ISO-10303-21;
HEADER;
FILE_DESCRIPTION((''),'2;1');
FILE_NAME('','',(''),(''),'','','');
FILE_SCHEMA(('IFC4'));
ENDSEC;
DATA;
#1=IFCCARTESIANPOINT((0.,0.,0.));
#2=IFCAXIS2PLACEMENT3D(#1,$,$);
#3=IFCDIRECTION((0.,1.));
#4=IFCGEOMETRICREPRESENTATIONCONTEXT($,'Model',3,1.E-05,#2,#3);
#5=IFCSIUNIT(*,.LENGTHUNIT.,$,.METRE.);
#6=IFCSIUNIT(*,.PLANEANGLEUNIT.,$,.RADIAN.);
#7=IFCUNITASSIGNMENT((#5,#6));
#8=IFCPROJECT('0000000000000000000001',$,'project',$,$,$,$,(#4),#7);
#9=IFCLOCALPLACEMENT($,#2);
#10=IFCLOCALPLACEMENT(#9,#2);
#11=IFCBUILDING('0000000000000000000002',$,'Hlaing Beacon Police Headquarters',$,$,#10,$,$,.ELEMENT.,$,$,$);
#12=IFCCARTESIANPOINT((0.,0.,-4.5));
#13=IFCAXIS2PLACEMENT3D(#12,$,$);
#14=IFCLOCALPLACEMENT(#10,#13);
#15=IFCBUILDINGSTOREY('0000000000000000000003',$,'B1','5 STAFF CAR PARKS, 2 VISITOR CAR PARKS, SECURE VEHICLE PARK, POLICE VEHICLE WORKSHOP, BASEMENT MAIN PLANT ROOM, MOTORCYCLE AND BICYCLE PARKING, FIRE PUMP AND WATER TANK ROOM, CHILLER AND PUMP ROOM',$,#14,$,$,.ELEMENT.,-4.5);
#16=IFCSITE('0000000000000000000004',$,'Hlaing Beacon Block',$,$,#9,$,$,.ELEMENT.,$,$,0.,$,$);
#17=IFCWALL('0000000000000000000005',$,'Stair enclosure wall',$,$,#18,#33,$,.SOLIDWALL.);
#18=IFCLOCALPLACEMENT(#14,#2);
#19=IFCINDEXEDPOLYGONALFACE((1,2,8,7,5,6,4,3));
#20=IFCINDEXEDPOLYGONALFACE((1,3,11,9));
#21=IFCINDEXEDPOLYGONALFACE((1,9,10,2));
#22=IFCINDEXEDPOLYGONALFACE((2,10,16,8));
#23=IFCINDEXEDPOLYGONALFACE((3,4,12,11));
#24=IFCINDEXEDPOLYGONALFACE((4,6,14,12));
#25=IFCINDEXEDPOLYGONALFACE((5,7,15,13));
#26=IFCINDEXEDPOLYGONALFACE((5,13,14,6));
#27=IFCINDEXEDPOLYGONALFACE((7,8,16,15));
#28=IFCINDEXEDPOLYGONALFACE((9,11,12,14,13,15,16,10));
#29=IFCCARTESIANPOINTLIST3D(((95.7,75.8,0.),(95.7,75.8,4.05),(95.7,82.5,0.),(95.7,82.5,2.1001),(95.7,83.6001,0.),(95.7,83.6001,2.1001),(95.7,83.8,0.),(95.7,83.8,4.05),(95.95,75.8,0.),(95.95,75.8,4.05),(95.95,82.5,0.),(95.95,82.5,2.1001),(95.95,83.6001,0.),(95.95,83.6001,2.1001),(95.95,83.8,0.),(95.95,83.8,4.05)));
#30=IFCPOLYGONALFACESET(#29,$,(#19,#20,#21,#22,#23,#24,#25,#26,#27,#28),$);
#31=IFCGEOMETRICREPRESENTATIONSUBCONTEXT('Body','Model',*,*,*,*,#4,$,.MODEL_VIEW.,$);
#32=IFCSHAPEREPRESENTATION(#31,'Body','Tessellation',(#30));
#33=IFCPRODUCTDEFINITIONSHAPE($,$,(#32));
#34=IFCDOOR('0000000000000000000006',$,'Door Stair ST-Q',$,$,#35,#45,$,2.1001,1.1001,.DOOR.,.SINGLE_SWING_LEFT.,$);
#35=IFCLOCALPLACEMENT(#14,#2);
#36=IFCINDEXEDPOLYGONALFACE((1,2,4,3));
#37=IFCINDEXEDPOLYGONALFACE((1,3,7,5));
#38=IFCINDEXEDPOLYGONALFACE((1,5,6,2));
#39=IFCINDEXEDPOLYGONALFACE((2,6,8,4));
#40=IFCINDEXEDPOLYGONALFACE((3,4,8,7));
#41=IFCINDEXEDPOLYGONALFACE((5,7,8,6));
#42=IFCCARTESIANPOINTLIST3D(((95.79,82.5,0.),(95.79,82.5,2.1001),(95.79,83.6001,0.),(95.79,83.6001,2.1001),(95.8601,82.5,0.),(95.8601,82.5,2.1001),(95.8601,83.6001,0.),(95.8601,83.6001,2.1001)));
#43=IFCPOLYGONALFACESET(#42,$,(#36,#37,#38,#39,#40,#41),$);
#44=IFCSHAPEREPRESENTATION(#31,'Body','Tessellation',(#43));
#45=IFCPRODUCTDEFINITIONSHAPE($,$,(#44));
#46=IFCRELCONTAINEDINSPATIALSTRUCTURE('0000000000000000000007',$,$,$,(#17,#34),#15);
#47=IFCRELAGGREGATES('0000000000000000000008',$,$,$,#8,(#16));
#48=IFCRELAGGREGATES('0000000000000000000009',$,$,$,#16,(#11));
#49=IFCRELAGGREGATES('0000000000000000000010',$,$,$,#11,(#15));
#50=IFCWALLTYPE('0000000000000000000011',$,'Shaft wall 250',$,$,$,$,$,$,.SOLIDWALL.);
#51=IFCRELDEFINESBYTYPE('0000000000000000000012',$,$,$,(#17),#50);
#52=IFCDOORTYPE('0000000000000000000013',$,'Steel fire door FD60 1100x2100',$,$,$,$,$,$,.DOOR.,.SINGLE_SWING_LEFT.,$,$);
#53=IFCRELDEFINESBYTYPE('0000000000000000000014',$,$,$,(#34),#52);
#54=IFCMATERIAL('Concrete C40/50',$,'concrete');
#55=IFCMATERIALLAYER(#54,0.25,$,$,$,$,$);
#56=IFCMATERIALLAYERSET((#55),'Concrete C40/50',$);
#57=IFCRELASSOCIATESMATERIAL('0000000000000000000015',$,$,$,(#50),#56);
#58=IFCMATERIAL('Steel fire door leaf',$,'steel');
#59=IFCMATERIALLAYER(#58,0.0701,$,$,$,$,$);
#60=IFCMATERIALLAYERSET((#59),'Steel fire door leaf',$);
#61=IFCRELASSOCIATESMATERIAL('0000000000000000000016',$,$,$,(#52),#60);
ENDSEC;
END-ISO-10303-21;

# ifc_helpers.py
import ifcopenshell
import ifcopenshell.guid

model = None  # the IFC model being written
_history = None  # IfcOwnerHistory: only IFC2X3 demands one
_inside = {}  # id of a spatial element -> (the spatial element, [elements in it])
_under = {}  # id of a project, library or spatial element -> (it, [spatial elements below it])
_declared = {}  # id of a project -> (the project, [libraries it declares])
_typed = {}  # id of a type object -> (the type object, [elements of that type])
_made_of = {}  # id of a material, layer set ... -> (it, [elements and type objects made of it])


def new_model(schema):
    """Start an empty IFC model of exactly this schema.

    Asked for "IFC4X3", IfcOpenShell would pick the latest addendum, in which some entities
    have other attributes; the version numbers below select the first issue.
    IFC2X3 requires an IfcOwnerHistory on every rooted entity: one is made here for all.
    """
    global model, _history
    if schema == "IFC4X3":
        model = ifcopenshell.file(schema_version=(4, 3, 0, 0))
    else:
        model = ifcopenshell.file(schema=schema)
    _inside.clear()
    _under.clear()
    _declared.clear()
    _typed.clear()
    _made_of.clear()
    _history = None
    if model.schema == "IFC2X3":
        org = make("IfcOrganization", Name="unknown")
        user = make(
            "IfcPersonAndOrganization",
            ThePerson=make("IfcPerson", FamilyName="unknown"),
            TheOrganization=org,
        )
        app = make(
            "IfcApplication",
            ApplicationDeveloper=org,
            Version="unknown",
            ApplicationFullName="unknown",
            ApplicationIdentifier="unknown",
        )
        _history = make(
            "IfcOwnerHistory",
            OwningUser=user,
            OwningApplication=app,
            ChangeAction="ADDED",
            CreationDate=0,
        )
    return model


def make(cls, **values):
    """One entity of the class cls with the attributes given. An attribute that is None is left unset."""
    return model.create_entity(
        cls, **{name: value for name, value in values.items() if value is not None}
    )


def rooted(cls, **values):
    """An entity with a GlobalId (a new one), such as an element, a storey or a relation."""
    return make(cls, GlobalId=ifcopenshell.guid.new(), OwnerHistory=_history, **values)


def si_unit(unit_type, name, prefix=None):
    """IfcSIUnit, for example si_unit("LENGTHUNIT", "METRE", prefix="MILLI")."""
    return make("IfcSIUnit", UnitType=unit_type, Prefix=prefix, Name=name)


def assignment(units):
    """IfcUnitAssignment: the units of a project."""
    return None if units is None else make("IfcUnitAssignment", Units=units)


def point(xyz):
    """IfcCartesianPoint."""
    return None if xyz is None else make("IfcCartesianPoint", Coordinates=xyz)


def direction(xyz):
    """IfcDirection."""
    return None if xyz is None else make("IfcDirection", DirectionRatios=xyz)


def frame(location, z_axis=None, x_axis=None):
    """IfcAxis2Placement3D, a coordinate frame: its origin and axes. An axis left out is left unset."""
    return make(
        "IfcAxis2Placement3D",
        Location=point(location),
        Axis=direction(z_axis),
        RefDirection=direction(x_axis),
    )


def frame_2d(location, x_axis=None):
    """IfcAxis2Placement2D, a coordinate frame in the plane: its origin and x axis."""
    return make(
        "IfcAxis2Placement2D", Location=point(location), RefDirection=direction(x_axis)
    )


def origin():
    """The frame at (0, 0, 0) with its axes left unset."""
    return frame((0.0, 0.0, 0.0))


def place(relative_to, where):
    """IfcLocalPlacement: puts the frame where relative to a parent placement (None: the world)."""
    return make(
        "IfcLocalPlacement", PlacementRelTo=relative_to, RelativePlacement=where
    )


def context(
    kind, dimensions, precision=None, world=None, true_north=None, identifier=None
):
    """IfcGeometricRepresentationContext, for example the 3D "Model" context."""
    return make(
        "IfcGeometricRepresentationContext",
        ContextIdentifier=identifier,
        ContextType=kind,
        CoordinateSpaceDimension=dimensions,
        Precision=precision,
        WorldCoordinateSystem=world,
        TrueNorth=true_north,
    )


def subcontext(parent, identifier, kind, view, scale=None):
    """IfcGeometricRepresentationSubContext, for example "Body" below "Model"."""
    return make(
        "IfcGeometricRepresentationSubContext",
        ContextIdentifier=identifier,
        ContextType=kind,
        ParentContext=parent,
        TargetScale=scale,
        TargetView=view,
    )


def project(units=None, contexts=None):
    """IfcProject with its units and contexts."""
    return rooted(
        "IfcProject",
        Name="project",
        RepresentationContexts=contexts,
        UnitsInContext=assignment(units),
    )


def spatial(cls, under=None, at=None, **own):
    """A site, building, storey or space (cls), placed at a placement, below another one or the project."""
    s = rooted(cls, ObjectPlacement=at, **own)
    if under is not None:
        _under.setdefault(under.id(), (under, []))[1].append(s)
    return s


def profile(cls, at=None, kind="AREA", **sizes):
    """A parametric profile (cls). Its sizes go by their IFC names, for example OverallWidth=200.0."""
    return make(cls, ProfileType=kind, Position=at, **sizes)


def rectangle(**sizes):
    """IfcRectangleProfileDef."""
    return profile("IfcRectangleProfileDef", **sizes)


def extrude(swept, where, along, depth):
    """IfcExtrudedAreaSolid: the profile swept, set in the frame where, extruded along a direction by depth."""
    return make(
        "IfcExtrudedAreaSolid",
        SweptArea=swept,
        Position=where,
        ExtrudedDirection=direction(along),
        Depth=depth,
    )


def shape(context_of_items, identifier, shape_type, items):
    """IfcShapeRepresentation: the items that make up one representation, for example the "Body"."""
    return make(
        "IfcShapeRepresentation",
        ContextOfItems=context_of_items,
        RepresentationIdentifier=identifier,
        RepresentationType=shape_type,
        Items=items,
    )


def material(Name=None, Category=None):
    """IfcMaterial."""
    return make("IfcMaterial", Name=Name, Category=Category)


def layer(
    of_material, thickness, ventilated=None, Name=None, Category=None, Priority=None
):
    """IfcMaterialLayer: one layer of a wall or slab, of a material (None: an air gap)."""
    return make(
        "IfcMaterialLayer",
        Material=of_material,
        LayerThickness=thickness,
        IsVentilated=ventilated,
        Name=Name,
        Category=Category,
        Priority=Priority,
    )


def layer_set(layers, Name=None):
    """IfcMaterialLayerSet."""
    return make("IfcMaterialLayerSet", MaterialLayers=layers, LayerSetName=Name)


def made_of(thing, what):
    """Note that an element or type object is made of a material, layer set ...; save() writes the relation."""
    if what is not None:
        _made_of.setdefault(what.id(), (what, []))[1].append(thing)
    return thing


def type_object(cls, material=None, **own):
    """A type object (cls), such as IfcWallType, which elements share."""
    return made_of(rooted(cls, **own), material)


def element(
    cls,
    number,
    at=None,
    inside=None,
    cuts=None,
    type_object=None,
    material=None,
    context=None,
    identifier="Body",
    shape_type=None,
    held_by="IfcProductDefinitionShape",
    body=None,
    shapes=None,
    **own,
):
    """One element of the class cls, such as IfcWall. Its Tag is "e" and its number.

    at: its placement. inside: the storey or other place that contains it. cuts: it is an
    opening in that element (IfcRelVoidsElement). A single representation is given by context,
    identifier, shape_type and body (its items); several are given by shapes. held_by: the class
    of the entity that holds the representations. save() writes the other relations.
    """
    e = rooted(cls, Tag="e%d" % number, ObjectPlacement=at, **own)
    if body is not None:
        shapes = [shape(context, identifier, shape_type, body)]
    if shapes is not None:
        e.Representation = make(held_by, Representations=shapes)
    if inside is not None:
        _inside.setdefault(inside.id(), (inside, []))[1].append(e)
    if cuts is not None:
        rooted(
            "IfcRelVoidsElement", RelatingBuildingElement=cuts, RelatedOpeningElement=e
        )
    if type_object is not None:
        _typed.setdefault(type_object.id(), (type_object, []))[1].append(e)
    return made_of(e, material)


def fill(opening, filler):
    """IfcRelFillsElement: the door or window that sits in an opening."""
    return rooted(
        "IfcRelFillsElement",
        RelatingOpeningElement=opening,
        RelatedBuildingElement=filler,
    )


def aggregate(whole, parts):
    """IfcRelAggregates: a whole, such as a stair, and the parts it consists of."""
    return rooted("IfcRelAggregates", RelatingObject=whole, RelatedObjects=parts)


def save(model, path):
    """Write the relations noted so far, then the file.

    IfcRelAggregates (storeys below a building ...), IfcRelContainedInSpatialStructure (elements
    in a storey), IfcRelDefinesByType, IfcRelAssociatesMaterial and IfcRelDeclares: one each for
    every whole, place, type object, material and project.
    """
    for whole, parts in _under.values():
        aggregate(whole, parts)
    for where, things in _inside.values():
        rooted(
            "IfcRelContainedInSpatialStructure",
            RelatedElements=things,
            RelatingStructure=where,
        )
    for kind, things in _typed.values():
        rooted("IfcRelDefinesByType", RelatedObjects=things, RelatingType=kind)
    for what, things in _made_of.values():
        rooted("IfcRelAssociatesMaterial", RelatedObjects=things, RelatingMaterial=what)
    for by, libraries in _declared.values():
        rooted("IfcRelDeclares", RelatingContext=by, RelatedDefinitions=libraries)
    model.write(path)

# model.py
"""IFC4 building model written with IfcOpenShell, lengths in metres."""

from ifc_helpers import new_model, si_unit, direction, frame, frame_2d, origin, place, context, subcontext, project, spatial, rectangle, extrude, material, layer, layer_set, type_object, element, fill, save


model = new_model("IFC4")

# Units and contexts
model_context = context("Model", 3, precision=1e-05, world=origin(), true_north=direction((0.0, 1.0)))
body_context = subcontext(model_context, "Body", "Model", "MODEL_VIEW")
ifc_project = project(units=[si_unit("LENGTHUNIT", "METRE"), si_unit("PLANEANGLEUNIT", "RADIAN")], contexts=[model_context])

# Site, building, storey
site_placement = place(None, origin())
site = spatial("IfcSite", under=ifc_project, at=site_placement, Name="Hlaing Beacon Block", CompositionType="ELEMENT", RefElevation=0.0)
building_placement = place(site_placement, origin())
building = spatial("IfcBuilding", under=site, at=building_placement, Name="Hlaing Beacon Police Headquarters", CompositionType="ELEMENT")
storey_placement = place(building_placement, frame((0.0, 0.0, -4.5)))
storey = spatial("IfcBuildingStorey", under=building, at=storey_placement, Name="B1", Description="5 STAFF CAR PARKS, 2 VISITOR CAR PARKS, SECURE VEHICLE PARK, POLICE VEHICLE WORKSHOP, BASEMENT MAIN PLANT ROOM, MOTORCYCLE AND BICYCLE PARKING, FIRE PUMP AND WATER TANK ROOM, CHILLER AND PUMP ROOM", CompositionType="ELEMENT", Elevation=-4.5)

# Wall, opening, door
ifc_material_1 = material(Name="Concrete C40/50", Category="concrete")
ifc_layer_1 = layer(ifc_material_1, 0.25)
ifc_layer_set_1 = layer_set([ifc_layer_1], Name="Concrete C40/50")
wall_type_1 = type_object("IfcWallType", Name="Shaft wall 250", PredefinedType="SOLIDWALL", material=ifc_layer_set_1)
wall_1_placement = place(storey_placement, frame((95.825, 83.8, 0.0), z_axis=(0.0, 0.0, 1.0), x_axis=(0.0, -1.0, 0.0)))
wall_1 = element("IfcWall", 1, at=wall_1_placement, inside=storey, type_object=wall_type_1, Name="Stair enclosure wall", PredefinedType="SOLIDWALL", context=body_context, shape_type="SweptSolid", body=[
    extrude(rectangle(XDim=8.0, YDim=0.25, at=frame_2d((4.0, 0.0))), origin(), (0.0, 0.0, 1.0), 4.05),
])
opening_placement = place(wall_1_placement, frame((0.2, 0.0, 0.0)))
opening = element("IfcOpeningElement", 2, at=opening_placement, cuts=wall_1, PredefinedType="OPENING", context=body_context, shape_type="SweptSolid", body=[
    extrude(rectangle(XDim=1.1001, YDim=2.1001, at=frame_2d((0.55, 1.05))), frame((0.0, 0.135, 0.0), z_axis=(0.0, -1.0, 0.0), x_axis=(1.0, 0.0, 0.0)), (0.0, 0.0, 1.0), 0.27),
])
ifc_material_2 = material(Name="Steel fire door leaf", Category="steel")
ifc_layer_2 = layer(ifc_material_2, 0.0701)
ifc_layer_set_2 = layer_set([ifc_layer_2], Name="Steel fire door leaf")
door_type = type_object("IfcDoorType", Name="Steel fire door FD60 1100x2100", OperationType="SINGLE_SWING_LEFT", PredefinedType="DOOR", material=ifc_layer_set_2)
door_placement = place(opening_placement, frame((1.1001, 0.0, 0.0), z_axis=(0.0, 0.0, 1.0), x_axis=(-1.0, 0.0, 0.0)))
door = element("IfcDoor", 3, at=door_placement, inside=storey, type_object=door_type, Name="Door Stair ST-Q", OperationType="SINGLE_SWING_LEFT", OverallHeight=2.1001, OverallWidth=1.1001, PredefinedType="DOOR", context=body_context, shape_type="SweptSolid", body=[
    extrude(rectangle(XDim=1.1001, YDim=2.1001, at=frame_2d((0.55, 1.05))), frame((0.0, 0.0349, 0.0), z_axis=(0.0, -1.0, 0.0), x_axis=(1.0, 0.0, 0.0)), (0.0, 0.0, 1.0), 0.0701),
])
fill(opening, door)

save(model, "model.ifc")
